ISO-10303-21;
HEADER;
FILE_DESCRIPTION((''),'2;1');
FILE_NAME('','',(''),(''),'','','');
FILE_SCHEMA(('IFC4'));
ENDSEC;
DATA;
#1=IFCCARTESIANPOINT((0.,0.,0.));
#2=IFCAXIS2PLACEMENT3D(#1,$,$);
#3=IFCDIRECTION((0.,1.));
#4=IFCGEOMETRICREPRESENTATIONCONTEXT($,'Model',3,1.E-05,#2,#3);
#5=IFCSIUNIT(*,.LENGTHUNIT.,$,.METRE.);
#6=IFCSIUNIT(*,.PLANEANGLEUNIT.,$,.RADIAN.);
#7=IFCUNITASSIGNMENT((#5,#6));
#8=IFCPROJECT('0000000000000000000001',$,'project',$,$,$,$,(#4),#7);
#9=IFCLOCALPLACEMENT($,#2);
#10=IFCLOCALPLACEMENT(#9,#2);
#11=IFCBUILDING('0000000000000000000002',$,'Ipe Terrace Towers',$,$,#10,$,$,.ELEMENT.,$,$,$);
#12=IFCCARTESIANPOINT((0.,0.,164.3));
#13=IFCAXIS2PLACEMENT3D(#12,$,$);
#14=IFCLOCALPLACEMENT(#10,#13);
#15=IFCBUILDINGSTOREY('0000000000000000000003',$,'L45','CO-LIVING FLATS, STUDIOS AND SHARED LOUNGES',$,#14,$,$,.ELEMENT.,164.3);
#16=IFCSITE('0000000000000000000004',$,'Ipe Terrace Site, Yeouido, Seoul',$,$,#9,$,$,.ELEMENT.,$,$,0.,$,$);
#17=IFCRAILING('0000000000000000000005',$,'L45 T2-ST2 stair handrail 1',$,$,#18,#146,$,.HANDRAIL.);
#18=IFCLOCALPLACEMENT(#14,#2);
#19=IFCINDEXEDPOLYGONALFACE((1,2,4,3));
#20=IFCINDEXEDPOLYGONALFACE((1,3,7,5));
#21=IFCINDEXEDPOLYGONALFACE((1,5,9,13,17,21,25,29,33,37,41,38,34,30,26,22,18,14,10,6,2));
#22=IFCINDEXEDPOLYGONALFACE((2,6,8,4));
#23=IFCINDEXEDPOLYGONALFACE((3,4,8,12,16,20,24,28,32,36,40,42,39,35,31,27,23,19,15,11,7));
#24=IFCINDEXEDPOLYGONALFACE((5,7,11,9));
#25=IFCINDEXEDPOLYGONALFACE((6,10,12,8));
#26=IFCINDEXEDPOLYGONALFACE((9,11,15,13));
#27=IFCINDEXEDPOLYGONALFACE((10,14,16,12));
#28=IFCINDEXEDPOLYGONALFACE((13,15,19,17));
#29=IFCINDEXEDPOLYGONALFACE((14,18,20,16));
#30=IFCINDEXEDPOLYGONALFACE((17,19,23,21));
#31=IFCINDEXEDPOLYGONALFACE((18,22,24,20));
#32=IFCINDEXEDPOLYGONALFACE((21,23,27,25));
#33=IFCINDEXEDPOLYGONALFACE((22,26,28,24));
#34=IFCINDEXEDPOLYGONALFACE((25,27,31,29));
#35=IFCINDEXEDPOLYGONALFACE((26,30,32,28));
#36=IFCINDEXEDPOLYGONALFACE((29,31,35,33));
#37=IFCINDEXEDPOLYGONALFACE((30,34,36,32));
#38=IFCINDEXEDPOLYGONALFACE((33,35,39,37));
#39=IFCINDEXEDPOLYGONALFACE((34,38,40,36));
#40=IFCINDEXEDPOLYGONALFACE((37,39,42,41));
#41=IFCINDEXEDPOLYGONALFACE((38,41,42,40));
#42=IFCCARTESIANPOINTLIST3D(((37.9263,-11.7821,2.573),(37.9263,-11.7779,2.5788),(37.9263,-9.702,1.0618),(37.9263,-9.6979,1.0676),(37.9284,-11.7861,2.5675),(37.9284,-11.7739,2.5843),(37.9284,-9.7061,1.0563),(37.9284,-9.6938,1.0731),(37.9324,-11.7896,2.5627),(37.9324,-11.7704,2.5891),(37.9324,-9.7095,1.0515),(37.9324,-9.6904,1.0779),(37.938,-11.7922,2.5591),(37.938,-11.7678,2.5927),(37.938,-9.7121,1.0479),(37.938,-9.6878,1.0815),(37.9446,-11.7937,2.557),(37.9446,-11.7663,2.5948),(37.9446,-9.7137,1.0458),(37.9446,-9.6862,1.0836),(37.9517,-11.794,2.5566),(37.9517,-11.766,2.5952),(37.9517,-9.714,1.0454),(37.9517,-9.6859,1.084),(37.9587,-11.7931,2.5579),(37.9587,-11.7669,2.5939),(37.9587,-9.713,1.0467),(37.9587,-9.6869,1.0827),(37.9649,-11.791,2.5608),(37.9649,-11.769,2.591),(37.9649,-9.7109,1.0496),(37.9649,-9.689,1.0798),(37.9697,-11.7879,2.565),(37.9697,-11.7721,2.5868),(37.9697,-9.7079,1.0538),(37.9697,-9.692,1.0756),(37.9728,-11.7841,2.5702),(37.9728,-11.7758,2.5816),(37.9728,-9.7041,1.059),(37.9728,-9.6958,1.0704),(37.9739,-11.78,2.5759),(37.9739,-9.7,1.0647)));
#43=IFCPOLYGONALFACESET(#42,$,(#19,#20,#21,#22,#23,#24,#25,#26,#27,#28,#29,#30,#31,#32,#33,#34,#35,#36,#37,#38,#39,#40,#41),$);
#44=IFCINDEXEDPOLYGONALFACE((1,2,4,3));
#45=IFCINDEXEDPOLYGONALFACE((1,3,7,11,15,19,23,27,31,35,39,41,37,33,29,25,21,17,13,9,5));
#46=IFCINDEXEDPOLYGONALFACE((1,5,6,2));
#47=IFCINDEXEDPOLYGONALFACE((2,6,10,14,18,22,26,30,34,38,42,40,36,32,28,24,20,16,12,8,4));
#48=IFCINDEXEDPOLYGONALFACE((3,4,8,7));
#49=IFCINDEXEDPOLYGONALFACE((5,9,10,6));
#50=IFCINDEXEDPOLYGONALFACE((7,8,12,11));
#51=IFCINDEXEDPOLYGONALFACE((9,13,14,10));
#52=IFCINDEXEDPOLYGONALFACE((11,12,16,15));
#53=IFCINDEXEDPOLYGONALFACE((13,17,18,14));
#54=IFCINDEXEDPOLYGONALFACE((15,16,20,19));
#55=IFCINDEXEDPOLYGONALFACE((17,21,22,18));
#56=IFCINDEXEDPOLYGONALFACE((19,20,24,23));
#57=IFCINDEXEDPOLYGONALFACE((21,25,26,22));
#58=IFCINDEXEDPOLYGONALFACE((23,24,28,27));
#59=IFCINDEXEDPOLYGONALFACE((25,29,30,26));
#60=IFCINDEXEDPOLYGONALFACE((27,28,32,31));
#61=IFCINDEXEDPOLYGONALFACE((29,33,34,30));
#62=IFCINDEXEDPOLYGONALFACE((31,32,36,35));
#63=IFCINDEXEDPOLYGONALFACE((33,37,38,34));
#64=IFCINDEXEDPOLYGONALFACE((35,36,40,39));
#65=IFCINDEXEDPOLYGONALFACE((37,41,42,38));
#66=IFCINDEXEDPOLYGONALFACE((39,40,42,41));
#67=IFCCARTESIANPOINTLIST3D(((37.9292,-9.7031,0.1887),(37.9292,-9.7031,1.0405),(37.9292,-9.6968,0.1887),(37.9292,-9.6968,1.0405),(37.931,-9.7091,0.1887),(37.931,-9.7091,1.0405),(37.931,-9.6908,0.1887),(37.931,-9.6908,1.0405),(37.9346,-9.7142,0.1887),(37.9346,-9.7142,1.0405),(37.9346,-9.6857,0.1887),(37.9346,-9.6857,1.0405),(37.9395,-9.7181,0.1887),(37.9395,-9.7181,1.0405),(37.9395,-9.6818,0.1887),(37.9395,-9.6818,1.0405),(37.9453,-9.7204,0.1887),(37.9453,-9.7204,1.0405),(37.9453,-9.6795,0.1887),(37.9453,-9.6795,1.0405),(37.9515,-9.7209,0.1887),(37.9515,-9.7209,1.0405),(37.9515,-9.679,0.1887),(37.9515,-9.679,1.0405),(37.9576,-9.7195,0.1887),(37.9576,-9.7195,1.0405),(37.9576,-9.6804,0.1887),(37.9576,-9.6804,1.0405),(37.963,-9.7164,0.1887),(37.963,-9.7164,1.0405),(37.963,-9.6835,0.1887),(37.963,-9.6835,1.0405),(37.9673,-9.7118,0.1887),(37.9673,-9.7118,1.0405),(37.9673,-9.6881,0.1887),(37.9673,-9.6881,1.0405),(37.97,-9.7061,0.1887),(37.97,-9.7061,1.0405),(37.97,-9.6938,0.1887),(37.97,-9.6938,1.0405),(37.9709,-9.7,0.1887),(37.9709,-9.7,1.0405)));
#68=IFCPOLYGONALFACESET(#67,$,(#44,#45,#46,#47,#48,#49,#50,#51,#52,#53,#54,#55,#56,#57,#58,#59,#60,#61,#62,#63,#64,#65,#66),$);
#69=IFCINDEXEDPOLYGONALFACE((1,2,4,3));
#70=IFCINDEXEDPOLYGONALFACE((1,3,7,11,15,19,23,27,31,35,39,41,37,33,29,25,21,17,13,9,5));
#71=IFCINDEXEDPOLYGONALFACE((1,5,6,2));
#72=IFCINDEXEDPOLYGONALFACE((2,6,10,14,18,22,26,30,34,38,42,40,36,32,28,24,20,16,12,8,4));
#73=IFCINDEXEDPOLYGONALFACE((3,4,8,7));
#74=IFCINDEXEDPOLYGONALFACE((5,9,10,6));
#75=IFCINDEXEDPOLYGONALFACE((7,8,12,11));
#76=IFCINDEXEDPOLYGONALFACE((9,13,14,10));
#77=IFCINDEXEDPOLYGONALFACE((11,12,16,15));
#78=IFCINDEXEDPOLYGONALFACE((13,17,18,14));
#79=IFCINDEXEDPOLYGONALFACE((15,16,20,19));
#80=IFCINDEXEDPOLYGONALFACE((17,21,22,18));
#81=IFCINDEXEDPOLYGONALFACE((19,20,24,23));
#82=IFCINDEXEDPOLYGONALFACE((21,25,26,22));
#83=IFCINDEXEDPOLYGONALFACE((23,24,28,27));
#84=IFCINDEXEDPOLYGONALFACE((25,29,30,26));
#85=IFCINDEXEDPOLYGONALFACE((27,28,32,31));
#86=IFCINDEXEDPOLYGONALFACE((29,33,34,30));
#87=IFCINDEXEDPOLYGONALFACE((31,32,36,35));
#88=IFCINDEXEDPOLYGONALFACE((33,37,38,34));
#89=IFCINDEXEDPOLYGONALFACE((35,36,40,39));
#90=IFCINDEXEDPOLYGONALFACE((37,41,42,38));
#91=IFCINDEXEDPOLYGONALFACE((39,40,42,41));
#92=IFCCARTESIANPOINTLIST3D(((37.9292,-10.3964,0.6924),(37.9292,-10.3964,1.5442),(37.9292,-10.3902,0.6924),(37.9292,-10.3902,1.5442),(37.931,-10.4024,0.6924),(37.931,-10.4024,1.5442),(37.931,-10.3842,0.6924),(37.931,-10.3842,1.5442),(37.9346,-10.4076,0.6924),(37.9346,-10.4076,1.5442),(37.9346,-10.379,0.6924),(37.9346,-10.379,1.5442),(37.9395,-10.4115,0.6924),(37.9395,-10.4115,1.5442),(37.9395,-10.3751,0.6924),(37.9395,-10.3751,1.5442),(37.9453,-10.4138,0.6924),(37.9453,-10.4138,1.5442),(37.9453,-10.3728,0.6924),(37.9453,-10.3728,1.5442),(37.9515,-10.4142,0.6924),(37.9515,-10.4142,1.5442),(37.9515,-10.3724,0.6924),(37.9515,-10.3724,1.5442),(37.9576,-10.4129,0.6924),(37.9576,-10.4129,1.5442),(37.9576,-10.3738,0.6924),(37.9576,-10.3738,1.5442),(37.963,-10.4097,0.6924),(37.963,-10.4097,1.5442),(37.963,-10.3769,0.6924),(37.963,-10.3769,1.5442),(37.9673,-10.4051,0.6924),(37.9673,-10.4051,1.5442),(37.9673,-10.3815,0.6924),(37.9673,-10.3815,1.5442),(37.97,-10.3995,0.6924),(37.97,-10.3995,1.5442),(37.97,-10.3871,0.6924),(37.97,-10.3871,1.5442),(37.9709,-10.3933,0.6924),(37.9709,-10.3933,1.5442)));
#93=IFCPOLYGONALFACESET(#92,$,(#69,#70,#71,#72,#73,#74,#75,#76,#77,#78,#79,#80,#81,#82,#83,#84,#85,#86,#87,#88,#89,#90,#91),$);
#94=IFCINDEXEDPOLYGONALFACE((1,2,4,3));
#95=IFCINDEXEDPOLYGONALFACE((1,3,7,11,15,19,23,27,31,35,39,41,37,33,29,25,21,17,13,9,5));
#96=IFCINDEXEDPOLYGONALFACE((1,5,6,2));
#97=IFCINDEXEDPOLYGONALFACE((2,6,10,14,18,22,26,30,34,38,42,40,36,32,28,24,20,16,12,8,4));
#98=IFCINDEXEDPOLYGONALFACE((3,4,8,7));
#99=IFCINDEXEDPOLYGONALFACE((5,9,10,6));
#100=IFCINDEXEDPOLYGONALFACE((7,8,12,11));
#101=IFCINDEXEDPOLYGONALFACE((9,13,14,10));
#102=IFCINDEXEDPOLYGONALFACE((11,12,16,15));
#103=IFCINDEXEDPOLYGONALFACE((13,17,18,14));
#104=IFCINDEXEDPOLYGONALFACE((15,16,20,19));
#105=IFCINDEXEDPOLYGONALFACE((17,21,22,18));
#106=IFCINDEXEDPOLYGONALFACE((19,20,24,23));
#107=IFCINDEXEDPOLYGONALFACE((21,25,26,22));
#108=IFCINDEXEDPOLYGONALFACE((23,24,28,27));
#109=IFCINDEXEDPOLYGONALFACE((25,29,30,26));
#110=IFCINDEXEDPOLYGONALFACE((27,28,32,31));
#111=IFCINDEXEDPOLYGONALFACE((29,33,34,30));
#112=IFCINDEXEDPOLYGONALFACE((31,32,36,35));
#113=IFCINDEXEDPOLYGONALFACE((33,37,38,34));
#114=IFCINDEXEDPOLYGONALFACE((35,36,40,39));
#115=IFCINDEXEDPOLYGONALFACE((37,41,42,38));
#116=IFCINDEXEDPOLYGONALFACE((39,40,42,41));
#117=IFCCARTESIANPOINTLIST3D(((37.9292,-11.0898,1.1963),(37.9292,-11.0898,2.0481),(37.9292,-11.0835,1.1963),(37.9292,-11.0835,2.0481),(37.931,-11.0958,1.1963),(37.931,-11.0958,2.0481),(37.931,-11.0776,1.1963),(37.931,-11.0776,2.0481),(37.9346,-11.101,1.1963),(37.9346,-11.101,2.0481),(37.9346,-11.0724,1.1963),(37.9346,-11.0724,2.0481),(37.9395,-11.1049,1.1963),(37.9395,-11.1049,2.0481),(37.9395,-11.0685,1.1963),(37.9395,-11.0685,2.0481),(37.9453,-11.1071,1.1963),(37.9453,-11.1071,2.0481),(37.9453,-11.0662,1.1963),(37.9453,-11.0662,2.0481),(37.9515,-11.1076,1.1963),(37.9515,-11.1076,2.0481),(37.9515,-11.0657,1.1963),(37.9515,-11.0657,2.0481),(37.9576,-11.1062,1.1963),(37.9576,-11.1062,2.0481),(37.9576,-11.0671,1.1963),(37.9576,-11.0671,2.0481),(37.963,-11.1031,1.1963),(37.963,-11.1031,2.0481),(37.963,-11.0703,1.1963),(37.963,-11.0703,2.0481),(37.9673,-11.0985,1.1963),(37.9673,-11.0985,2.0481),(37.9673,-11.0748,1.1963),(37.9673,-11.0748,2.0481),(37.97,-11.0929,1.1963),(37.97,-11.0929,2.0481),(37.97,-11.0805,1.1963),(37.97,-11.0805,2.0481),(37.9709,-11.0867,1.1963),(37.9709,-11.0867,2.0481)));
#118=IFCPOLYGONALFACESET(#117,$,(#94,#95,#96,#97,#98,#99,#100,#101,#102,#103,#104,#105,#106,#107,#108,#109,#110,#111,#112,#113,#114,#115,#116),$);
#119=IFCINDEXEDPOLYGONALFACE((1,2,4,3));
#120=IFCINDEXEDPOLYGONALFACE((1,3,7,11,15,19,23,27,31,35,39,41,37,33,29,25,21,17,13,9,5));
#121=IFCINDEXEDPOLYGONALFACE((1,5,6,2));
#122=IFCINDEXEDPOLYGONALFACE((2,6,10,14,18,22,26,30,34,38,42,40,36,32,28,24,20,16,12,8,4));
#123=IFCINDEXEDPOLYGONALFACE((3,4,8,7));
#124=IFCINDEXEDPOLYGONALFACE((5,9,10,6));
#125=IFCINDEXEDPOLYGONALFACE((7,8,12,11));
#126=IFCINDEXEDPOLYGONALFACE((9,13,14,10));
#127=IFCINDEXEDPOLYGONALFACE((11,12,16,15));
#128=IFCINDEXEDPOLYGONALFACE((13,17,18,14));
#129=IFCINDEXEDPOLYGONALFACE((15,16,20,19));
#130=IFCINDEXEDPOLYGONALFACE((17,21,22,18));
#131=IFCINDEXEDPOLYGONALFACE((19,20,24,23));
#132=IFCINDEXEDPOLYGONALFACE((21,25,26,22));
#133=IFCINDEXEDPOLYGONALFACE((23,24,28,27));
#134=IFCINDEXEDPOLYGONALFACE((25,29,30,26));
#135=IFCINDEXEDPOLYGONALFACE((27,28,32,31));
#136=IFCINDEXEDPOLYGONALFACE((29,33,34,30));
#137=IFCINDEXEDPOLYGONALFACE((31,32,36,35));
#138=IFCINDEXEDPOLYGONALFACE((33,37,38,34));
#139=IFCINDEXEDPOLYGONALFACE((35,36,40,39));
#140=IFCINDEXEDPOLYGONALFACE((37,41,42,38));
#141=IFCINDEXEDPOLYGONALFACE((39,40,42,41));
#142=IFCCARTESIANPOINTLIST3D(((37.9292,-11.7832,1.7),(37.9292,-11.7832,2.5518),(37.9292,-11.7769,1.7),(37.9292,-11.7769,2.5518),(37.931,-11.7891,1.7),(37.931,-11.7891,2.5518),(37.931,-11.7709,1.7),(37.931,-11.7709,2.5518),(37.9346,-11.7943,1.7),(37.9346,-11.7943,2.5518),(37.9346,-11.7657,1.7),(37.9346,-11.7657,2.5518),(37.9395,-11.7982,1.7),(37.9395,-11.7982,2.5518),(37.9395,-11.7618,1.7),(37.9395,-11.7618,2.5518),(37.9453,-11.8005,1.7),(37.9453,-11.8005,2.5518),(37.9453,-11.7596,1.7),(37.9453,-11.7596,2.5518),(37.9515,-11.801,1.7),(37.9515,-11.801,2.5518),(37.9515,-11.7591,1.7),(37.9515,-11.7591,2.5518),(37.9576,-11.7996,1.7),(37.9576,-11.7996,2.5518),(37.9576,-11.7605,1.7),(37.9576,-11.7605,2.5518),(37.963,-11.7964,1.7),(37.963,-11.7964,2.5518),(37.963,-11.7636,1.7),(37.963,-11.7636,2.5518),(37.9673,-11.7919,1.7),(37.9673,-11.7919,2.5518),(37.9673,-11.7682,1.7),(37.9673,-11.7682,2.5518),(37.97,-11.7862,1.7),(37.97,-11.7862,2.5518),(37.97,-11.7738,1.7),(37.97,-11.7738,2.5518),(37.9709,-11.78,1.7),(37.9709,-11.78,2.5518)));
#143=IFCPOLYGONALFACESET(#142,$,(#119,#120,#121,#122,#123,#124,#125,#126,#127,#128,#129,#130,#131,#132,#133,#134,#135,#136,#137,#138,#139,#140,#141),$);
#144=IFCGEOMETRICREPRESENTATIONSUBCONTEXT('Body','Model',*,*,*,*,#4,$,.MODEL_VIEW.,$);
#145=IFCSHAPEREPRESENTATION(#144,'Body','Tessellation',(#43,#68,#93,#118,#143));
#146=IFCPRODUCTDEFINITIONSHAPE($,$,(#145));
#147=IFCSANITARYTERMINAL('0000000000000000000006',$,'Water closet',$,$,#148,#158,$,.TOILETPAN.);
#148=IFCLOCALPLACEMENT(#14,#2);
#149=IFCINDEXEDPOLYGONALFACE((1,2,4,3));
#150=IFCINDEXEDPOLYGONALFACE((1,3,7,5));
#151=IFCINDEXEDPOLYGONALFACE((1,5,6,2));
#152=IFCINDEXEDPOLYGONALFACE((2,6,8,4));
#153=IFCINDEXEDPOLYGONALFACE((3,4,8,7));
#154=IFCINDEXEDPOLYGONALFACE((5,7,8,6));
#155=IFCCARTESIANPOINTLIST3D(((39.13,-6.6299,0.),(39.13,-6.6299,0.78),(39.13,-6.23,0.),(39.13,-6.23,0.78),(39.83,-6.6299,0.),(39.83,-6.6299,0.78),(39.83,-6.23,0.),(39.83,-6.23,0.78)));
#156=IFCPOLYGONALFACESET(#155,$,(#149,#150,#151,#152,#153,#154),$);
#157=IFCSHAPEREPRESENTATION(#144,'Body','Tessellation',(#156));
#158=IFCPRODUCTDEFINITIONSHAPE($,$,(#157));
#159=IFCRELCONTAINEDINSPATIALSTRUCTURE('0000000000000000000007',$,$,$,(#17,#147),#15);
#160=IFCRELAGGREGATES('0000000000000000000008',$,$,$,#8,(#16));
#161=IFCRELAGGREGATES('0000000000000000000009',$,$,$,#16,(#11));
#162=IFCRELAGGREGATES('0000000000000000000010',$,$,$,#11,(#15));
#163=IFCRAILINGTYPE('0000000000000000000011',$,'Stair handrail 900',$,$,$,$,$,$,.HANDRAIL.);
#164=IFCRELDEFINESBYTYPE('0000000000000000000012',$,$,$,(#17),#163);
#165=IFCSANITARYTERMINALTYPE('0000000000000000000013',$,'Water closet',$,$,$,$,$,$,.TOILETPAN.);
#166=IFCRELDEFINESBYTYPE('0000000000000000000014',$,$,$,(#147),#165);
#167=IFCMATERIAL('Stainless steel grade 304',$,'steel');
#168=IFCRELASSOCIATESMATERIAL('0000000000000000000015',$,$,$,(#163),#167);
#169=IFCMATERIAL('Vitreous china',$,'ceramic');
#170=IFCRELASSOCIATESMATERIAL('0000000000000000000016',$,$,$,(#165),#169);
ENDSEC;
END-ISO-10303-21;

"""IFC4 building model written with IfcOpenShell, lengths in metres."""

from ifc_helpers import new_model, si_unit, direction, frame, origin, origin_2d, place, context, subcontext, project, spatial, rectangle, circle, extrude, material, type_object, element, save


model = new_model("IFC4")

# Units and contexts
model_context = context("Model", 3, precision=1e-05, world=origin(), true_north=direction((0.0, 1.0)))
body_context = subcontext(model_context, "Body", "Model", "MODEL_VIEW")
ifc_project = project(units=[si_unit("LENGTHUNIT", "METRE"), si_unit("PLANEANGLEUNIT", "RADIAN")], contexts=[model_context])

# Site, building, storey
site_placement = place(None, origin())
site = spatial("IfcSite", under=ifc_project, at=site_placement, Name="Ipe Terrace Site, Yeouido, Seoul", CompositionType="ELEMENT", RefElevation=0.0)
building_placement = place(site_placement, origin())
building = spatial("IfcBuilding", under=site, at=building_placement, Name="Ipe Terrace Towers", CompositionType="ELEMENT")
storey_placement = place(building_placement, frame((0.0, 0.0, 164.3)))
storey = spatial("IfcBuildingStorey", under=building, at=storey_placement, Name="L45", Description="CO-LIVING FLATS, STUDIOS AND SHARED LOUNGES", CompositionType="ELEMENT", Elevation=164.3)

# Railing
ifc_material_1 = material(Name="Stainless steel grade 304", Category="steel")
railing_type = type_object("IfcRailingType", Name="Stair handrail 900", PredefinedType="HANDRAIL", material=ifc_material_1)
railing_placement = place(storey_placement, frame((37.95, -9.7, 0.1887)))
element("IfcRailing", 1, at=railing_placement, inside=storey, type_object=railing_type, Name="L45 T2-ST2 stair handrail 1", PredefinedType="HANDRAIL", context=body_context, shape_type="SweptSolid", body=[
    extrude(circle(Radius=0.0239, at=origin_2d()), frame((0.0, 0.0, 0.876), z_axis=(0.0, -0.809023, 0.587776), x_axis=(1.0, 0.0, 0.0)), (0.0, 0.0, 1.0), 2.571),
    extrude(circle(Radius=0.021, at=origin_2d()), origin(), (0.0, 0.0, 1.0), 0.8518),
    extrude(circle(Radius=0.021, at=origin_2d()), frame((0.0, -0.6934, 0.5037)), (0.0, 0.0, 1.0), 0.8518),
    extrude(circle(Radius=0.021, at=origin_2d()), frame((0.0, -1.3867, 1.0076)), (0.0, 0.0, 1.0), 0.8518),
    extrude(circle(Radius=0.021, at=origin_2d()), frame((0.0, -2.0801, 1.5112)), (0.0, 0.0, 1.0), 0.8518),
])

# Sanitary terminal
ifc_material_2 = material(Name="Vitreous china", Category="ceramic")
sanitary_terminal_type = type_object("IfcSanitaryTerminalType", Name="Water closet", PredefinedType="TOILETPAN", material=ifc_material_2)
sanitary_terminal_placement = place(storey_placement, frame((39.48, -6.4299, 0.0), z_axis=(0.0, 0.0, 1.0), x_axis=(-1.0, 0.0, 0.0)))
element("IfcSanitaryTerminal", 2, at=sanitary_terminal_placement, inside=storey, type_object=sanitary_terminal_type, Name="Water closet", PredefinedType="TOILETPAN", context=body_context, shape_type="SweptSolid", body=[
    extrude(rectangle(XDim=0.7, YDim=0.3999, at=origin_2d()), origin(), (0.0, 0.0, 1.0), 0.78),
])

save(model, "model.ifc")
